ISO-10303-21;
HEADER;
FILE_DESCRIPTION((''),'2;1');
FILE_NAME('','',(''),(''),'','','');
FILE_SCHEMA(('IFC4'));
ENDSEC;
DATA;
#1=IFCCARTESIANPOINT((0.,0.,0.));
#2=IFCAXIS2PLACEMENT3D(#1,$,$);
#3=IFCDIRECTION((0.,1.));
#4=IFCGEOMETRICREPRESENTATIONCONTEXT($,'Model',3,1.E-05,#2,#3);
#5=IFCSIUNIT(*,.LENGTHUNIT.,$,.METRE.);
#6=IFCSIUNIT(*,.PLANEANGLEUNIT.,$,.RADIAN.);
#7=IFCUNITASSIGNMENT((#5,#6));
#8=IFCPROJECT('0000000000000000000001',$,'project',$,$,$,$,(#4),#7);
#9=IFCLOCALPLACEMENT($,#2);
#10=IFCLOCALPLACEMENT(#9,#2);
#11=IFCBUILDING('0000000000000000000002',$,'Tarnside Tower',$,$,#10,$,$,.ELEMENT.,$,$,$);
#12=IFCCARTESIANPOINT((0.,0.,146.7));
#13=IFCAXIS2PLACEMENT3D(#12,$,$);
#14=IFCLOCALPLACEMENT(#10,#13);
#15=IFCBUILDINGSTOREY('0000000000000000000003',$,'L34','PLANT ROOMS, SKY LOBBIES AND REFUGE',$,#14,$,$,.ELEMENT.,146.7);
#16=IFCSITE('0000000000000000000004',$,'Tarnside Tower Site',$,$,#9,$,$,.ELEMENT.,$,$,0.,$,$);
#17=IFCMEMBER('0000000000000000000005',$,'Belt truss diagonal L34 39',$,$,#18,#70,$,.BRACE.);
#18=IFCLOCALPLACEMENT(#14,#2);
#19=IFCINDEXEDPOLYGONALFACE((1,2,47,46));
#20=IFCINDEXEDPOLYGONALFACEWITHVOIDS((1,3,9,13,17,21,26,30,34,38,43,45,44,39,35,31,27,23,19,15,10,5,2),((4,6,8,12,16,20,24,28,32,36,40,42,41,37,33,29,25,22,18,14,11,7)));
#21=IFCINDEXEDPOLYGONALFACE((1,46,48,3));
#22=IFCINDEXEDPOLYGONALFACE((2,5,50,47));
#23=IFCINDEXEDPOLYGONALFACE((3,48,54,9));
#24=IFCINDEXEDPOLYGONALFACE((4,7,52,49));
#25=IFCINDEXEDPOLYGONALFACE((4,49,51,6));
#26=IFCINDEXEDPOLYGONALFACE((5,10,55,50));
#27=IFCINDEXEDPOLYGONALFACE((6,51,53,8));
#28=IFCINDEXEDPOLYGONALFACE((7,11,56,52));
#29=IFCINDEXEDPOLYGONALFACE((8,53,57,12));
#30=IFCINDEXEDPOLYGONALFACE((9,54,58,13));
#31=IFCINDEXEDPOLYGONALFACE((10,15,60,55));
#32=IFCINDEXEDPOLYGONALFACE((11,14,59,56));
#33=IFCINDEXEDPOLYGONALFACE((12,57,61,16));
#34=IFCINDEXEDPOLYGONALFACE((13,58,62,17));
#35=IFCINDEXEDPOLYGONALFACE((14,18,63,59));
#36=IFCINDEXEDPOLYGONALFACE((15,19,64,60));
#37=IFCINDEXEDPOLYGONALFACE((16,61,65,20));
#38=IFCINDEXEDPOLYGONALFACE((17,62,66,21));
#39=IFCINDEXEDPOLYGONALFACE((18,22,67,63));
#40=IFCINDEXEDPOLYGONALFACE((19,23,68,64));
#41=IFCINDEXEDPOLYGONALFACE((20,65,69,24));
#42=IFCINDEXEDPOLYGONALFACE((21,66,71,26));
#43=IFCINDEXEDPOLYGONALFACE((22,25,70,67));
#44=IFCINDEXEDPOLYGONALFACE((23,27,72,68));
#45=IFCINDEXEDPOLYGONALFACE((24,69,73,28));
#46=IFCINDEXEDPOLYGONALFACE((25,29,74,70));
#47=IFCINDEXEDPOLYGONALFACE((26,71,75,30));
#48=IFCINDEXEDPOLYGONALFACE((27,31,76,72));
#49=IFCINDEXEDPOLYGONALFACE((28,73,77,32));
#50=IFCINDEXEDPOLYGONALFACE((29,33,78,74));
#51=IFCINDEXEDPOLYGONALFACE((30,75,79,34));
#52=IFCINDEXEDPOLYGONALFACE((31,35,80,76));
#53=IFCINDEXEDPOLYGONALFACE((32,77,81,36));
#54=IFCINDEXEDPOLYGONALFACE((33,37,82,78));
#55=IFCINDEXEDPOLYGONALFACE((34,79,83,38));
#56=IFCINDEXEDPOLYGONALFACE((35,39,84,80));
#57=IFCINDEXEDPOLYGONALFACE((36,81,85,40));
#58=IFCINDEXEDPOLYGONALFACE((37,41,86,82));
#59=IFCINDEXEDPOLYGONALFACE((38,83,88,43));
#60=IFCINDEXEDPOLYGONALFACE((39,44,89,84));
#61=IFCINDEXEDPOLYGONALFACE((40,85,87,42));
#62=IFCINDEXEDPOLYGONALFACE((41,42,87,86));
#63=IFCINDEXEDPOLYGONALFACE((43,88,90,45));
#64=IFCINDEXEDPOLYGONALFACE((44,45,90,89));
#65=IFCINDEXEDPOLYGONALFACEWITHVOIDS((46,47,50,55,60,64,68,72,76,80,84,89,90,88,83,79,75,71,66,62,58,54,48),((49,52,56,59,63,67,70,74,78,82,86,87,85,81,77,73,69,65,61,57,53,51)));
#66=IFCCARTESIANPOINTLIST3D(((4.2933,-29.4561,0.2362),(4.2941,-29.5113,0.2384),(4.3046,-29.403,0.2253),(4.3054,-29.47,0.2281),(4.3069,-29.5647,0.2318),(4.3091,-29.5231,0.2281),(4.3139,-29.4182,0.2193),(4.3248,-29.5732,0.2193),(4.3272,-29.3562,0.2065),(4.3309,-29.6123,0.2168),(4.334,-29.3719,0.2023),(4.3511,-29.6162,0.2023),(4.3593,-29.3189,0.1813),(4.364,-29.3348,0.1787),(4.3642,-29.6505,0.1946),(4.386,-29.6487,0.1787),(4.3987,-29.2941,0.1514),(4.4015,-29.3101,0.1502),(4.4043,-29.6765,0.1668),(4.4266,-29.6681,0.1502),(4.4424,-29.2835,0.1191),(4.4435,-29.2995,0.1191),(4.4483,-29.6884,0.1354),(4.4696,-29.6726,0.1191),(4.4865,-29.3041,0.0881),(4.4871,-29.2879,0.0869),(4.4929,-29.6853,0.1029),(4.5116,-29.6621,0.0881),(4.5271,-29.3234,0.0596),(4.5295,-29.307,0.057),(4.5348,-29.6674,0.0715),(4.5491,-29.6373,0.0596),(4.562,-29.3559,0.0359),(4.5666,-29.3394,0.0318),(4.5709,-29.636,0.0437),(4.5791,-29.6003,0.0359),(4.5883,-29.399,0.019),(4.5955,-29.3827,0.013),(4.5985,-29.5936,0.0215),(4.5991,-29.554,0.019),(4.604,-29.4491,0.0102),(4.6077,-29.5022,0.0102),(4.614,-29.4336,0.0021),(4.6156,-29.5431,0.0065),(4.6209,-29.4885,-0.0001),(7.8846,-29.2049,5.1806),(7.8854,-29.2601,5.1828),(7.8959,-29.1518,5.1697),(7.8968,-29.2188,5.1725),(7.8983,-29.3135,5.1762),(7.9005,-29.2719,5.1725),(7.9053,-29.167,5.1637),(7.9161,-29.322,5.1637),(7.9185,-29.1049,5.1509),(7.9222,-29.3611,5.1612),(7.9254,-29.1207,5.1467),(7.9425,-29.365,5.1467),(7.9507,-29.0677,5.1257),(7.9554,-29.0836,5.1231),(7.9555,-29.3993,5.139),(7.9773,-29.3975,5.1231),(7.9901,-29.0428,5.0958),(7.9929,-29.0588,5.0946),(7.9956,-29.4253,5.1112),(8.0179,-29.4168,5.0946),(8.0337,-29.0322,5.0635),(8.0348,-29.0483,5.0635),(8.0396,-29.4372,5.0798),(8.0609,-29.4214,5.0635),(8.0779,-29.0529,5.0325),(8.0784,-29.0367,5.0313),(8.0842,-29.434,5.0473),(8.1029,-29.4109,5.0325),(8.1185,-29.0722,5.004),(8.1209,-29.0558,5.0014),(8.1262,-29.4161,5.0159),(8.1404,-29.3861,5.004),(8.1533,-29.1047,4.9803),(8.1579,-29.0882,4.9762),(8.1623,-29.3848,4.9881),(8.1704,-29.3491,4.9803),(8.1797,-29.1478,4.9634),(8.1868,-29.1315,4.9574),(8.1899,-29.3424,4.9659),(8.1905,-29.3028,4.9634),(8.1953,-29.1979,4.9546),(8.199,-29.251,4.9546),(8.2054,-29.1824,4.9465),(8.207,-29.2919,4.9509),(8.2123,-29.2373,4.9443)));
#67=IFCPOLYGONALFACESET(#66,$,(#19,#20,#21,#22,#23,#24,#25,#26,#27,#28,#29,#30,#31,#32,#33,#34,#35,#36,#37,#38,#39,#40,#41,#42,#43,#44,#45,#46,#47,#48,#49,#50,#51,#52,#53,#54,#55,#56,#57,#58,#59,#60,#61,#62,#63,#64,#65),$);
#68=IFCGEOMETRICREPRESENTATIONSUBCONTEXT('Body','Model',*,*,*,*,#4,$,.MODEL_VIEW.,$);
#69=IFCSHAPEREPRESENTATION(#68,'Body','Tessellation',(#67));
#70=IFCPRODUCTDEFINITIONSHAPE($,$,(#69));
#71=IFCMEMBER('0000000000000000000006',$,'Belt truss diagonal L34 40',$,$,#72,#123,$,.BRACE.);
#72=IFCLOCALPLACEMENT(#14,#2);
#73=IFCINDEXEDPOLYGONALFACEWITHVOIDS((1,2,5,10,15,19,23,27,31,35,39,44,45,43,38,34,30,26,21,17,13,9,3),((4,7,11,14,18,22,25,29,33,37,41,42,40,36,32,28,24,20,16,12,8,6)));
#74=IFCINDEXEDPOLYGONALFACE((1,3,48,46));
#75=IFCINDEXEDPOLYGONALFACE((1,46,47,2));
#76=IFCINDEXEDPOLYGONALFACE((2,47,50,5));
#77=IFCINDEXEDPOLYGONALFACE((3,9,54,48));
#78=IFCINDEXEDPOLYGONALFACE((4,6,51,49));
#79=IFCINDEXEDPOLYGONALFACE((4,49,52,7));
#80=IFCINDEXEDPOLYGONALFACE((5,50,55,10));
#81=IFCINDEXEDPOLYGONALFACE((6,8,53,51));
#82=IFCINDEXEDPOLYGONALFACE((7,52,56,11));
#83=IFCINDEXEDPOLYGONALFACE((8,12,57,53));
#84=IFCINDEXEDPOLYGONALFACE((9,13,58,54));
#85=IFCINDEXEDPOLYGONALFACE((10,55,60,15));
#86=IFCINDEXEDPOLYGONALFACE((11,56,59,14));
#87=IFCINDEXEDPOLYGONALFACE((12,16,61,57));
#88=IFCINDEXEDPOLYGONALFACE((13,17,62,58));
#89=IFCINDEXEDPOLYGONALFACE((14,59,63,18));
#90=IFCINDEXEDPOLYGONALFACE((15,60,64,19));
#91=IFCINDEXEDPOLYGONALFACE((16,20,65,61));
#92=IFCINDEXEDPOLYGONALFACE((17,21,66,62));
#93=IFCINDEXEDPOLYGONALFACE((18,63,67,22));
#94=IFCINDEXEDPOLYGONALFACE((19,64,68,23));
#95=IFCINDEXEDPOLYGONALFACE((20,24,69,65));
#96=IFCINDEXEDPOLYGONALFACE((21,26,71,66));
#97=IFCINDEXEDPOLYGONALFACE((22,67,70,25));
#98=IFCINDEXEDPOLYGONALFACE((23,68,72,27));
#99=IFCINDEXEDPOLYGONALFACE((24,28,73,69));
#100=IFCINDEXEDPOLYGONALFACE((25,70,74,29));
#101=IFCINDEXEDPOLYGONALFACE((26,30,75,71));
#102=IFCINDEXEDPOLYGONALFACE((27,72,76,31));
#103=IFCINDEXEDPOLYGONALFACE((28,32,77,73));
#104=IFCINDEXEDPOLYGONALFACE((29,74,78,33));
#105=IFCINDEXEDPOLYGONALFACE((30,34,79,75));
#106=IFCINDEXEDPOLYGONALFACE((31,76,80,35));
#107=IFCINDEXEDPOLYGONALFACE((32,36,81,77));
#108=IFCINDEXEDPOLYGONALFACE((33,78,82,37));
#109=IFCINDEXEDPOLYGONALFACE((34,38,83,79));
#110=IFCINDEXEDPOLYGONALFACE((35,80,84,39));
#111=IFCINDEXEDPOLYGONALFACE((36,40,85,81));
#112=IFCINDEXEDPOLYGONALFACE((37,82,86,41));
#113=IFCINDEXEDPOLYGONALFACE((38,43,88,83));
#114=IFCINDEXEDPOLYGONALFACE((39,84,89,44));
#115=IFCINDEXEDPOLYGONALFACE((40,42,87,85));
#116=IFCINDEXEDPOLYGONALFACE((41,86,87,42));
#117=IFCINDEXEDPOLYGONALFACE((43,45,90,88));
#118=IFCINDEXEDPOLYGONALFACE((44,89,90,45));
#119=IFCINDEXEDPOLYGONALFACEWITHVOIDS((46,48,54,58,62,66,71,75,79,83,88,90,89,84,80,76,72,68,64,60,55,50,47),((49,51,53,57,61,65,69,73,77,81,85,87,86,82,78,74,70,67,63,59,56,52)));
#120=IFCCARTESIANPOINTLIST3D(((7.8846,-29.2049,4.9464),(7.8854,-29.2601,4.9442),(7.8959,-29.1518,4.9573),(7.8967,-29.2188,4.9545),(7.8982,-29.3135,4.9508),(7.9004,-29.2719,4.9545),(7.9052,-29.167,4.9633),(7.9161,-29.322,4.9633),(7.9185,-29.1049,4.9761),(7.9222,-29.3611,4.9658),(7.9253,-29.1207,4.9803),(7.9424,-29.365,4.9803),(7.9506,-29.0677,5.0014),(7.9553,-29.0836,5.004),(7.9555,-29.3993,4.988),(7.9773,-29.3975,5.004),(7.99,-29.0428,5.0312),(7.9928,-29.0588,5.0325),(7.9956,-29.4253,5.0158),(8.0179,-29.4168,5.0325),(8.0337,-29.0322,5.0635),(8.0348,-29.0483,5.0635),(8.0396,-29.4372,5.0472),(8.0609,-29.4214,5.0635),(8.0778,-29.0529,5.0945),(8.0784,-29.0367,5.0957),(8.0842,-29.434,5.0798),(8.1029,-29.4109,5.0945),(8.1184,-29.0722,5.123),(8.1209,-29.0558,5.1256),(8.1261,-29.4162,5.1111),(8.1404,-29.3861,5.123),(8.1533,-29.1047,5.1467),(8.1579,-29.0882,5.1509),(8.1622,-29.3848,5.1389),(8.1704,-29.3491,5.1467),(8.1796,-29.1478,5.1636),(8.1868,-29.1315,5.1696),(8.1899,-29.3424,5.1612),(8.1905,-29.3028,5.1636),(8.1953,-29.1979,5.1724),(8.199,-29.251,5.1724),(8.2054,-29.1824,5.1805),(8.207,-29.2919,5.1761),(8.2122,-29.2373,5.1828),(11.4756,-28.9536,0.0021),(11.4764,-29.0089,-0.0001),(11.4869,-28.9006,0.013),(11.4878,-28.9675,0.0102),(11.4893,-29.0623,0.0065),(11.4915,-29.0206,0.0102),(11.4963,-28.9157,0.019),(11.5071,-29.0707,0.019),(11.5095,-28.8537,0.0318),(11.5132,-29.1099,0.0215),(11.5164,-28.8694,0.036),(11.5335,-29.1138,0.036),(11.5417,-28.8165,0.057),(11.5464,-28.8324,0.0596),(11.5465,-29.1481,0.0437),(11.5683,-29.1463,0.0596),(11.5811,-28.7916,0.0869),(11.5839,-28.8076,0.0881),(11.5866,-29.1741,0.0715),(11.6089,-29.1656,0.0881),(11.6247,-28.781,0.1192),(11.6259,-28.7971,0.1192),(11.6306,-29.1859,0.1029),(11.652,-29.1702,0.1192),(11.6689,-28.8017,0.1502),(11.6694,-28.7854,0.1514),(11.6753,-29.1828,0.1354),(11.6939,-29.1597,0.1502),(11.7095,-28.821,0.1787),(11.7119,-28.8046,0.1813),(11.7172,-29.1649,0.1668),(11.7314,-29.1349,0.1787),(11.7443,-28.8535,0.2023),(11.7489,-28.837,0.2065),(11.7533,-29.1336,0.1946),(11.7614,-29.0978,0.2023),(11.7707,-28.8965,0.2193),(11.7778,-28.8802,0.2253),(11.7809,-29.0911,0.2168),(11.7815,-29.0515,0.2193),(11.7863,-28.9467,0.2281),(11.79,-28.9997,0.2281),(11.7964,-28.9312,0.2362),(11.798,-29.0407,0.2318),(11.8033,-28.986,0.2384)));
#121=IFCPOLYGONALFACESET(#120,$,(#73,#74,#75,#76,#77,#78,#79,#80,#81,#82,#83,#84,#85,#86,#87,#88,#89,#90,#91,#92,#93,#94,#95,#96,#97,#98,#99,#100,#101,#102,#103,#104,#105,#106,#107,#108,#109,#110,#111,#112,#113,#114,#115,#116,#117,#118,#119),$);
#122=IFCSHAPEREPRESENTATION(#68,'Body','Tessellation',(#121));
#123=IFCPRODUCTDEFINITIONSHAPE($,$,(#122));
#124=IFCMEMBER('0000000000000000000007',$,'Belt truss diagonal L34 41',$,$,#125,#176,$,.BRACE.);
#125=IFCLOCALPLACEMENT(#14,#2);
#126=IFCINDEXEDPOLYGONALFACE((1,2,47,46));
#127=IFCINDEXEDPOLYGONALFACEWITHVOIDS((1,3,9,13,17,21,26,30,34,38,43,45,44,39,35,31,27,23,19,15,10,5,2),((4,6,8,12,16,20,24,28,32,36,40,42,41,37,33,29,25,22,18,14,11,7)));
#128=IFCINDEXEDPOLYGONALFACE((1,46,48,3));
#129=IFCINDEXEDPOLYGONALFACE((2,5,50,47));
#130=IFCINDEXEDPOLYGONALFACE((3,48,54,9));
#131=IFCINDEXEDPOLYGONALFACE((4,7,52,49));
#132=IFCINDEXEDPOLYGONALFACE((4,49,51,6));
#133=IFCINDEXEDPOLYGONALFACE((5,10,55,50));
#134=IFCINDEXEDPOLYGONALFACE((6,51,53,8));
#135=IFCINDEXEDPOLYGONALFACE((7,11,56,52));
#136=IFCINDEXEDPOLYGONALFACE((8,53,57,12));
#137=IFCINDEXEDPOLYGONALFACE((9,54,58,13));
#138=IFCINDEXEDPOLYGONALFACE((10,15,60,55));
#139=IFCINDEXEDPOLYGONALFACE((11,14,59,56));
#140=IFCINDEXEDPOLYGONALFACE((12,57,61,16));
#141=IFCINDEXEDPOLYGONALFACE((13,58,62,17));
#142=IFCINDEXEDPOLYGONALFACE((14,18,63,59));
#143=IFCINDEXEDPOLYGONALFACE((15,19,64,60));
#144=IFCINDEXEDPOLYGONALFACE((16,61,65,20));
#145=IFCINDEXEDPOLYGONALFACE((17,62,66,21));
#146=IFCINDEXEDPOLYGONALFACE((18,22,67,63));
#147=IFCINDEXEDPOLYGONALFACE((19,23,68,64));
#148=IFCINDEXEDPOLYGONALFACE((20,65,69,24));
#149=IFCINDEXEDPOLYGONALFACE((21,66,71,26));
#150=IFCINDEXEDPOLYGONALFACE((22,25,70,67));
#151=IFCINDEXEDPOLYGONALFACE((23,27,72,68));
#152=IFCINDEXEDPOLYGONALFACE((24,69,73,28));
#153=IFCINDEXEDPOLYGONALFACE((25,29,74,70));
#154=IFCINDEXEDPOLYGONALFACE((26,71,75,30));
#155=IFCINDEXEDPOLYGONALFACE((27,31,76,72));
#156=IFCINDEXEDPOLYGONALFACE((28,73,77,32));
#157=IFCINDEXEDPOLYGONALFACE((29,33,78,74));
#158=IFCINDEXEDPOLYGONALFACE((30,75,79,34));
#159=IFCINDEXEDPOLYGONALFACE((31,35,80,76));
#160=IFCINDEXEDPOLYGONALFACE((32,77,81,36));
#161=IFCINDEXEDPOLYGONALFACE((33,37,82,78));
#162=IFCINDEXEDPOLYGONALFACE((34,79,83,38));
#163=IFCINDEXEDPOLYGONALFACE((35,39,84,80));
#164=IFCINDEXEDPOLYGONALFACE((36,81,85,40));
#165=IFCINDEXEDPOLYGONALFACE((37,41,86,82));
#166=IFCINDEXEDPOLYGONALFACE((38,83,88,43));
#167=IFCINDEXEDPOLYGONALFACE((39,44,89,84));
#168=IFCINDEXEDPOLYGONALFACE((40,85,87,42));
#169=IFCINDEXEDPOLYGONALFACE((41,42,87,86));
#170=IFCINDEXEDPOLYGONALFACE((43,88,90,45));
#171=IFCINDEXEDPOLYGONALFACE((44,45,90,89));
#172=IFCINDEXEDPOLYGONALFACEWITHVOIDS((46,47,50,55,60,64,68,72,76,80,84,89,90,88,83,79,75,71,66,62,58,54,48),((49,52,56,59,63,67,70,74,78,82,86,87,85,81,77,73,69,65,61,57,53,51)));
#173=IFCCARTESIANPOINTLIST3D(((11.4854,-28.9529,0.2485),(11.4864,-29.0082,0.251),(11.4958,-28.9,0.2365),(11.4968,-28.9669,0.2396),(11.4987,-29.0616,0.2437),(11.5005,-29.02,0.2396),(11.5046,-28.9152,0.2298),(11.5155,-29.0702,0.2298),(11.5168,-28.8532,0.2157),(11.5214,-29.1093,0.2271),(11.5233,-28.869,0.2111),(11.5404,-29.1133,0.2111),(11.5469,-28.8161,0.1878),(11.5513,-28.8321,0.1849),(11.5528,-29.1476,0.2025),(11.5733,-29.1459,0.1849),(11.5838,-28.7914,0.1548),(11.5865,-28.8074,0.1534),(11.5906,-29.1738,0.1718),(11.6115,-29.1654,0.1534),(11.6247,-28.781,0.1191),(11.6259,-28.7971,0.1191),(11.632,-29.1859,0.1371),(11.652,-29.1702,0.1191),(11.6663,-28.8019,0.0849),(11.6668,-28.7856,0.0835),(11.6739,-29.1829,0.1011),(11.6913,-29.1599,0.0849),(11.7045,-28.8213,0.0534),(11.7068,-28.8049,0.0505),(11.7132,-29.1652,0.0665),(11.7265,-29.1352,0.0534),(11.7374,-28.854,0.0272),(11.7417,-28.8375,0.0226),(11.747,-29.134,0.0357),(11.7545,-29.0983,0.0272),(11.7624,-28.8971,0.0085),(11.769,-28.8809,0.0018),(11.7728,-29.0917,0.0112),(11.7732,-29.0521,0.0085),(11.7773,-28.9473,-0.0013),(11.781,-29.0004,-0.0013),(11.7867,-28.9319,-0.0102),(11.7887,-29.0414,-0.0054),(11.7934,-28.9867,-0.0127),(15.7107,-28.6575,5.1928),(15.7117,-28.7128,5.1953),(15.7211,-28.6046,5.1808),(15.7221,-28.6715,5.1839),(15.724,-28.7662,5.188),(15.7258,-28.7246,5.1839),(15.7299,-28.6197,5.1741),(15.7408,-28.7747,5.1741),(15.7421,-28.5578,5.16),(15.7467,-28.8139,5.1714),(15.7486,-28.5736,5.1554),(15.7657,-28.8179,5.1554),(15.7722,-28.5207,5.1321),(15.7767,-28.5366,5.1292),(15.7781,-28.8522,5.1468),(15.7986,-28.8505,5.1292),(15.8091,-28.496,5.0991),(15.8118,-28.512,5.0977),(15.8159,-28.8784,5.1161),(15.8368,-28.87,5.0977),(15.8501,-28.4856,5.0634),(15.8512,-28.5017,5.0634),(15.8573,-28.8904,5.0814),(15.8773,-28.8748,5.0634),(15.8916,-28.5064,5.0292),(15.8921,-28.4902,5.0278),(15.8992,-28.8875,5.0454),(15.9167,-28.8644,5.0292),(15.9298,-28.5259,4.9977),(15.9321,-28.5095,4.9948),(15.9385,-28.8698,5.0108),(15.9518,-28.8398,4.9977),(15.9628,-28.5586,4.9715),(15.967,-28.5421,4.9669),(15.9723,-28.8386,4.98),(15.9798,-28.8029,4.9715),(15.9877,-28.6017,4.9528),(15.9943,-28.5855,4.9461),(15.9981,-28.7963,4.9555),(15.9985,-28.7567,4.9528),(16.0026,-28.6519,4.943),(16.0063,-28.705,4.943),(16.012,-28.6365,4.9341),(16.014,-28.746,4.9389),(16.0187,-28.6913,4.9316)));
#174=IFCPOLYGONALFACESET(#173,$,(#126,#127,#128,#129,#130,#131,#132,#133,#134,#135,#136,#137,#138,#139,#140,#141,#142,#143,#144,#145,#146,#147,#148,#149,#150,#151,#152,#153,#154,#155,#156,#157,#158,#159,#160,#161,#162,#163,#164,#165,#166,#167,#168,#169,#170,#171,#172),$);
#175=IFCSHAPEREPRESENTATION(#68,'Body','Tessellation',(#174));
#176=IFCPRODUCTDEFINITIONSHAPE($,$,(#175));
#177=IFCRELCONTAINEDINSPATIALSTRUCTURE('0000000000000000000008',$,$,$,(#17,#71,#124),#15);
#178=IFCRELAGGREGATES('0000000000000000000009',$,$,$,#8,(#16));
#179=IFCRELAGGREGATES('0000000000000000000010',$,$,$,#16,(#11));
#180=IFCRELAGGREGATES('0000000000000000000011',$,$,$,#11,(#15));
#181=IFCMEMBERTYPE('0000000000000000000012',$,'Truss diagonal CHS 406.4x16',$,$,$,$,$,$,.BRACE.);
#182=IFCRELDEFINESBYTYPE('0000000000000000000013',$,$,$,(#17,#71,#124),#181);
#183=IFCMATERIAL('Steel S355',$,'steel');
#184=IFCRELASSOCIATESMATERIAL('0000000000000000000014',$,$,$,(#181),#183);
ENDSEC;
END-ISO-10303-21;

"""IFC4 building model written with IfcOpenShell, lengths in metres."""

from ifc_helpers import new_model, si_unit, direction, frame, origin, origin_2d, place, context, subcontext, project, spatial, hollow_circle, extrude, material, material_profile, profile_set, type_object, element, save


model = new_model("IFC4")

# Units and contexts
model_context = context("Model", 3, precision=1e-05, world=origin(), true_north=direction((0.0, 1.0)))
body_context = subcontext(model_context, "Body", "Model", "MODEL_VIEW")
ifc_project = project(units=[si_unit("LENGTHUNIT", "METRE"), si_unit("PLANEANGLEUNIT", "RADIAN")], contexts=[model_context])

# Site, building, storey
site_placement = place(None, origin())
site = spatial("IfcSite", under=ifc_project, at=site_placement, Name="Tarnside Tower Site", CompositionType="ELEMENT", RefElevation=0.0)
building_placement = place(site_placement, origin())
building = spatial("IfcBuilding", under=site, at=building_placement, Name="Tarnside Tower", CompositionType="ELEMENT")
storey_placement = place(building_placement, frame((0.0, 0.0, 146.7)))
storey = spatial("IfcBuildingStorey", under=building, at=storey_placement, Name="L34", Description="PLANT ROOMS, SKY LOBBIES AND REFUGE", CompositionType="ELEMENT", Elevation=146.7)

# Shared definitions
ifc_material_1 = material(Name="Steel S355", Category="steel")

# Members
ifc_material_profile_1 = material_profile(ifc_material_1, hollow_circle(Radius=0.2031, WallThickness=0.0161, at=origin_2d()), Name="CHS 406.4x16")
ifc_profile_set_1 = profile_set([ifc_material_profile_1], Name="Steel S355")
member_type_1 = type_object("IfcMemberType", Name="Truss diagonal CHS 406.4x16", PredefinedType="BRACE", material=ifc_profile_set_1)
member_1_placement = place(storey_placement, frame((4.4565, -29.4861, 0.1191), z_axis=(0.587186, 0.041075, 0.808409), x_axis=(-0.069782, 0.997562, 0.0)))
element("IfcMember", 1, at=member_1_placement, inside=storey, type_object=member_type_1, Name="Belt truss diagonal L34 39", PredefinedType="BRACE", context=body_context, shape_type="SweptSolid", body=[
    extrude(hollow_circle(Radius=0.2031, WallThickness=0.0161, at=origin_2d()), origin(), (0.0, 0.0, 1.0), 6.1162),
])
member_2_placement = place(storey_placement, frame((8.0479, -29.2349, 5.0635), z_axis=(0.58716, 0.041076, -0.808428), x_axis=(-0.069787, 0.997562, 0.0)))
element("IfcMember", 2, at=member_2_placement, inside=storey, type_object=member_type_1, Name="Belt truss diagonal L34 40", PredefinedType="BRACE", context=body_context, shape_type="SweptSolid", body=[
    extrude(hollow_circle(Radius=0.2031, WallThickness=0.0161, at=origin_2d()), origin(), (0.0, 0.0, 1.0), 6.116),
])
member_3_placement = place(storey_placement, frame((11.6389, -28.9836, 0.1191), z_axis=(0.648999, 0.045374, 0.759435), x_axis=(-0.069744, 0.997565, 0.0)))
element("IfcMember", 3, at=member_3_placement, inside=storey, type_object=member_type_1, Name="Belt truss diagonal L34 41", PredefinedType="BRACE", context=body_context, shape_type="SweptSolid", body=[
    extrude(hollow_circle(Radius=0.2031, WallThickness=0.0161, at=origin_2d()), origin(), (0.0, 0.0, 1.0), 6.5105),
])

save(model, "model.ifc")
